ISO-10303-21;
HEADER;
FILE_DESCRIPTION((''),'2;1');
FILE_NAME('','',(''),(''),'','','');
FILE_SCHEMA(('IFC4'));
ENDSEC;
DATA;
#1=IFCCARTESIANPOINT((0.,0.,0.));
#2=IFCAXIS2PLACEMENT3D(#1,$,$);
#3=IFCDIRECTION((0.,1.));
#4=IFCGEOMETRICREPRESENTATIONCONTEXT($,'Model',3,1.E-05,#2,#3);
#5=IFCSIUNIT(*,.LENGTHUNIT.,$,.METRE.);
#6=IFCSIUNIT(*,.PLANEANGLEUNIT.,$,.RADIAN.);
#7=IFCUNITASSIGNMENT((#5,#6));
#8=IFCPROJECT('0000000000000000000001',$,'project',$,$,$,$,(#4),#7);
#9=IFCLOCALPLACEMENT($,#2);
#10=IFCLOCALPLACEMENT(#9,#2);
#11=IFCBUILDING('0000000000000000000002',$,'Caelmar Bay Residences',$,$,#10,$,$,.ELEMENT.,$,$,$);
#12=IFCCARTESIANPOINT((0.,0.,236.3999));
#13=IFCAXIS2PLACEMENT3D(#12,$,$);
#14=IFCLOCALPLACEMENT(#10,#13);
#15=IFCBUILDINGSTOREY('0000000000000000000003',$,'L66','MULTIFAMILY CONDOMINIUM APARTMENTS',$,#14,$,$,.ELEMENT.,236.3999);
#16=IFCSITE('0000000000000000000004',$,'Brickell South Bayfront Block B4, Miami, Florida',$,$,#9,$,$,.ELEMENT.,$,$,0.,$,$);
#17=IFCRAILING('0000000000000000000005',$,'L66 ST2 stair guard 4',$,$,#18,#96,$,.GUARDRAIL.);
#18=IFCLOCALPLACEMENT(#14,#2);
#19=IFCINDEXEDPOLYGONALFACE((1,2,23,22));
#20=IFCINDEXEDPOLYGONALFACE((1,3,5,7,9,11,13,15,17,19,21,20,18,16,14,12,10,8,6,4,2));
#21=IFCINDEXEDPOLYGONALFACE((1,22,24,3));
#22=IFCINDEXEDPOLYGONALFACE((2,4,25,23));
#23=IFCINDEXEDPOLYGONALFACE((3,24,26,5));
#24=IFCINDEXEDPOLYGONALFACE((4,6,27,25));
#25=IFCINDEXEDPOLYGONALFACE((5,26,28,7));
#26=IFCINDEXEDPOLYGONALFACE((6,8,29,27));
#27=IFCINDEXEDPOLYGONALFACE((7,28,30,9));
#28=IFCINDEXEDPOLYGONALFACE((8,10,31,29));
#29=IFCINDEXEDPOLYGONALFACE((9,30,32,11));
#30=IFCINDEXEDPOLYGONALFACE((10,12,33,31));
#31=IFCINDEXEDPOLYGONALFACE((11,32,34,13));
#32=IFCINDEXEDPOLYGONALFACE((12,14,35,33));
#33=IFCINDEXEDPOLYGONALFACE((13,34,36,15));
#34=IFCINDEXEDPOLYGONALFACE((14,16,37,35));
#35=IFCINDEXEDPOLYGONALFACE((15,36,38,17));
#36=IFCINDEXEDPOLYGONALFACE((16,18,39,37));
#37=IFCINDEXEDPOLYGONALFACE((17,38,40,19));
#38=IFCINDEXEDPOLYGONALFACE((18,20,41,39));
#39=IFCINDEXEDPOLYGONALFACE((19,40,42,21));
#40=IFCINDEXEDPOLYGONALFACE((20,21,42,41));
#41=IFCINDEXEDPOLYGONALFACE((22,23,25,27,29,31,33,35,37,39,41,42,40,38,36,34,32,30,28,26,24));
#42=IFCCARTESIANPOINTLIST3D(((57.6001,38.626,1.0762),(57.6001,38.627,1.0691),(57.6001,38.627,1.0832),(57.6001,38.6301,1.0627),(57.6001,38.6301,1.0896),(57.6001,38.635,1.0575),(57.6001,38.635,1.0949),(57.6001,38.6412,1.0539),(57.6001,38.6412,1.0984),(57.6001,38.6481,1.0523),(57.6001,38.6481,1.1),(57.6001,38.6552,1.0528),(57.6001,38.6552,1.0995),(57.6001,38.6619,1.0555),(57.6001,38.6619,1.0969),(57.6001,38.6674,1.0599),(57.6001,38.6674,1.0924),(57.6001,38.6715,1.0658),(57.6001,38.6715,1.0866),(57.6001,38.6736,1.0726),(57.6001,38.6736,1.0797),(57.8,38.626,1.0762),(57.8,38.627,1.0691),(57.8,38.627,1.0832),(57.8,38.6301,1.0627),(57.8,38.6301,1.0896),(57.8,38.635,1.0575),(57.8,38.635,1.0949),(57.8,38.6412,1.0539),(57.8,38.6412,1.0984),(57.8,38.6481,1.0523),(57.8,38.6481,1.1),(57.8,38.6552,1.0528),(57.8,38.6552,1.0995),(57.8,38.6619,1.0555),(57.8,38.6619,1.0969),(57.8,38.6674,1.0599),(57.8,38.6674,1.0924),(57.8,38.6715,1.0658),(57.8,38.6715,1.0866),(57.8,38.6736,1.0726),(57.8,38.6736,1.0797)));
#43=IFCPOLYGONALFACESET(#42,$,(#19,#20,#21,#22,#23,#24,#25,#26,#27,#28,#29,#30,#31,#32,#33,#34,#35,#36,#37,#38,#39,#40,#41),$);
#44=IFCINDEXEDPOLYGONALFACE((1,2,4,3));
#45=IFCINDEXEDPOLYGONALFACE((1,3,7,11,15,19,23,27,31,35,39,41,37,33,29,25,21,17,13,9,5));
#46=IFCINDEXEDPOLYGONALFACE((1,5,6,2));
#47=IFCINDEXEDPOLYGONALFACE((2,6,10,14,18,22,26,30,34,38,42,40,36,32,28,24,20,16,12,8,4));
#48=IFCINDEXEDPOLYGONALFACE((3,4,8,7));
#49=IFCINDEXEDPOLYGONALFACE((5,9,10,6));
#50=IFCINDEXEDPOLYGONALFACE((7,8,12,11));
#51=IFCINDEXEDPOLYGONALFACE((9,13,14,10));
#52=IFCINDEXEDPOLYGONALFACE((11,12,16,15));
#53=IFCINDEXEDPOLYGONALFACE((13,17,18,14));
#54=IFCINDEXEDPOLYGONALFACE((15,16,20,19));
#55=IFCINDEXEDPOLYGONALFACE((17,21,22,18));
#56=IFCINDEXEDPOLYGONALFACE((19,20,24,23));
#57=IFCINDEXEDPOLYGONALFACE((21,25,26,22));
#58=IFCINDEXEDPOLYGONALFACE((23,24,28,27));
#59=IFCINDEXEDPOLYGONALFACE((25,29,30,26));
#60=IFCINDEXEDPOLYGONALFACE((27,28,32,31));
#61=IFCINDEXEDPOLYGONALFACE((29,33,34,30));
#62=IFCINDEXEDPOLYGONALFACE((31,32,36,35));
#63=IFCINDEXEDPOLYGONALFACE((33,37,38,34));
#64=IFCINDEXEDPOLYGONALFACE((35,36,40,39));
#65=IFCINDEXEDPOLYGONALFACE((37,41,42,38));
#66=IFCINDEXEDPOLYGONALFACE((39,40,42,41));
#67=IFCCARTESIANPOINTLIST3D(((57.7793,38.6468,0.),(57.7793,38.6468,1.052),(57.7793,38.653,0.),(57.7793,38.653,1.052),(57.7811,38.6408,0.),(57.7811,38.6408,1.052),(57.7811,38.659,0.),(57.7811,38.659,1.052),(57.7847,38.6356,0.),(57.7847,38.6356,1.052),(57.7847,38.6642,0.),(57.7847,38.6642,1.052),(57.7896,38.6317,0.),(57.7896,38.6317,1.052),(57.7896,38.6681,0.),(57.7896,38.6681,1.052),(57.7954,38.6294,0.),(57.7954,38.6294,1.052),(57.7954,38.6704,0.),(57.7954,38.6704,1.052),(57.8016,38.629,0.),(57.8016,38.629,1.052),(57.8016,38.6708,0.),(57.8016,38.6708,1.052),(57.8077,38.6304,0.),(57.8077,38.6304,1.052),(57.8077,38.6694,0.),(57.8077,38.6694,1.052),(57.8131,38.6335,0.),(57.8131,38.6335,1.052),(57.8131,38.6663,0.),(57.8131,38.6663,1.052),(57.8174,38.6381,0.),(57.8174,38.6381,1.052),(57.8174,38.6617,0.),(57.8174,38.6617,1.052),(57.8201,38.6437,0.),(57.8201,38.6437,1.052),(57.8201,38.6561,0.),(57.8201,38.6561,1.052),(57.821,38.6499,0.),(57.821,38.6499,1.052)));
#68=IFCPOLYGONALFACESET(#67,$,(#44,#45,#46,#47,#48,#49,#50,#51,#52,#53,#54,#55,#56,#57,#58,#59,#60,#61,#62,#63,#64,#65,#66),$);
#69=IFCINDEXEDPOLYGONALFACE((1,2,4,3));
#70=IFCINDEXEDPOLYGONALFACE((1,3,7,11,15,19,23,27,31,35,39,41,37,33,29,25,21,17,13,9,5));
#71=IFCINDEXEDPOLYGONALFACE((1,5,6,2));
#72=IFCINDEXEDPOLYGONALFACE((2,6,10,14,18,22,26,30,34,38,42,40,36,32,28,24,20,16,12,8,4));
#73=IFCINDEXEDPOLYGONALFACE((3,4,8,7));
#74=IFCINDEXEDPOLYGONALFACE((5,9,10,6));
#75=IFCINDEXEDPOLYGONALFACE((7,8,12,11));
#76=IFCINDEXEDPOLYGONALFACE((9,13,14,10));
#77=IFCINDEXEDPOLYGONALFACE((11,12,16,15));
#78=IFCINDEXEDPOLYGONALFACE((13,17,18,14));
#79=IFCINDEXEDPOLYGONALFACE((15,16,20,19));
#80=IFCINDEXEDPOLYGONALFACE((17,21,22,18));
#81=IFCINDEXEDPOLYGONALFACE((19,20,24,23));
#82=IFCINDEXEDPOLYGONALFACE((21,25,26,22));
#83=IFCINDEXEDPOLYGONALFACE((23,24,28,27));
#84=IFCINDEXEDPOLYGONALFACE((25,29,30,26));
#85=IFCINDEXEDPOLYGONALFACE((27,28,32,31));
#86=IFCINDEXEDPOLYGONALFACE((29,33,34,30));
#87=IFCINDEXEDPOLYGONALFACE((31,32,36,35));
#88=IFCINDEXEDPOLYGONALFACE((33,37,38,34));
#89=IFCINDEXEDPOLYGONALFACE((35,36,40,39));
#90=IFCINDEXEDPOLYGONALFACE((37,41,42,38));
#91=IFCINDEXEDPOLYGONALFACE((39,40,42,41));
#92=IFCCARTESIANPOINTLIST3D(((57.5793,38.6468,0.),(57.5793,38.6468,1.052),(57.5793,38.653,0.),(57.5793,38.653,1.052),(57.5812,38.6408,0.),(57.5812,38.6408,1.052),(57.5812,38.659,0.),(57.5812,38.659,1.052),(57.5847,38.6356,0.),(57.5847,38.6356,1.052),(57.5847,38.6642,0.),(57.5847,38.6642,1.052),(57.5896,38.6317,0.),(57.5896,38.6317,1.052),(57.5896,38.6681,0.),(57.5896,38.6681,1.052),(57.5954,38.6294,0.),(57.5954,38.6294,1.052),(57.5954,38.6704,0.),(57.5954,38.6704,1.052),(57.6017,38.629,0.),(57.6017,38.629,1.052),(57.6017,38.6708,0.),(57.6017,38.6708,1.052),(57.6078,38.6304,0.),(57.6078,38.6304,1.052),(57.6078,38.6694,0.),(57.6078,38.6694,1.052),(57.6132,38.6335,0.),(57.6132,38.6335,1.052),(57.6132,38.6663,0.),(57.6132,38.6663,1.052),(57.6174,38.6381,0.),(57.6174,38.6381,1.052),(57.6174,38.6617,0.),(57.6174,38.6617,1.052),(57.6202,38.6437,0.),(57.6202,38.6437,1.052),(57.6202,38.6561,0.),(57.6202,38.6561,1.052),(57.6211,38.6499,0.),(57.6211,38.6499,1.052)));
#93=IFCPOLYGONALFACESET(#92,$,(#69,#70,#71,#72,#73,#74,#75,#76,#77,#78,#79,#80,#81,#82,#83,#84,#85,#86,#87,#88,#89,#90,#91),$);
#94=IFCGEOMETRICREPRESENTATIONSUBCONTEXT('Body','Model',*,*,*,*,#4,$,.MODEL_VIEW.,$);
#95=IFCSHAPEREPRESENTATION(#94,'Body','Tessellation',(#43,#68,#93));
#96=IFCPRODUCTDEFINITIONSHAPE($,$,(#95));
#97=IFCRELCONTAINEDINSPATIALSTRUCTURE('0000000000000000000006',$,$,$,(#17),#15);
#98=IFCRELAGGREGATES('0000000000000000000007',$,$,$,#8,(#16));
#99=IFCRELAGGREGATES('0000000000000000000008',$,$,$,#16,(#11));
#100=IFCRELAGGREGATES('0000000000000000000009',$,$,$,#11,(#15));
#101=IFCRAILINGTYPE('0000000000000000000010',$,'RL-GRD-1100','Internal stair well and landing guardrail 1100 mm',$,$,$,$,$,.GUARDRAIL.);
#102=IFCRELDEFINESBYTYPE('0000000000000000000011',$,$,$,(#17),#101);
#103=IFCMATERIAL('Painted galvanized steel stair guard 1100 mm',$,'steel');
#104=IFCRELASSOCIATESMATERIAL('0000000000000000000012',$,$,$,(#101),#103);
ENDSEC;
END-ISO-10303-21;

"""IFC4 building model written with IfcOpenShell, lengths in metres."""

from ifc_helpers import new_model, si_unit, direction, frame, origin, origin_2d, place, context, subcontext, project, spatial, circle, extrude, material, type_object, element, save


model = new_model("IFC4")

# Units and contexts
model_context = context("Model", 3, precision=1e-05, world=origin(), true_north=direction((0.0, 1.0)))
body_context = subcontext(model_context, "Body", "Model", "MODEL_VIEW")
ifc_project = project(units=[si_unit("LENGTHUNIT", "METRE"), si_unit("PLANEANGLEUNIT", "RADIAN")], contexts=[model_context])

# Site, building, storey
site_placement = place(None, origin())
site = spatial("IfcSite", under=ifc_project, at=site_placement, Name="Brickell South Bayfront Block B4, Miami, Florida", CompositionType="ELEMENT", RefElevation=0.0)
building_placement = place(site_placement, origin())
building = spatial("IfcBuilding", under=site, at=building_placement, Name="Caelmar Bay Residences", CompositionType="ELEMENT")
storey_placement = place(building_placement, frame((0.0, 0.0, 236.3999)))
storey = spatial("IfcBuildingStorey", under=building, at=storey_placement, Name="L66", Description="MULTIFAMILY CONDOMINIUM APARTMENTS", CompositionType="ELEMENT", Elevation=236.3999)

# Railing
ifc_material_1 = material(Name="Painted galvanized steel stair guard 1100 mm", Category="steel")
railing_type_1 = type_object("IfcRailingType", Name="RL-GRD-1100", Description="Internal stair well and landing guardrail 1100 mm", PredefinedType="GUARDRAIL", material=ifc_material_1)
railing_1_placement = place(storey_placement, frame((57.8, 38.6499, 0.0)))
element("IfcRailing", 1, at=railing_1_placement, inside=storey, type_object=railing_type_1, Name="L66 ST2 stair guard 4", PredefinedType="GUARDRAIL", context=body_context, shape_type="SweptSolid", body=[
    extrude(circle(Radius=0.0239, at=origin_2d()), frame((0.0, 0.0, 1.0762), z_axis=(-1.0, 0.0, 0.0), x_axis=(0.0, -1.0, 0.0)), (0.0, 0.0, 1.0), 0.2),
    extrude(circle(Radius=0.021, at=origin_2d()), origin(), (0.0, 0.0, 1.0), 1.052),
    extrude(circle(Radius=0.021, at=origin_2d()), frame((-0.2, 0.0, 0.0)), (0.0, 0.0, 1.0), 1.052),
])

save(model, "model.ifc")
